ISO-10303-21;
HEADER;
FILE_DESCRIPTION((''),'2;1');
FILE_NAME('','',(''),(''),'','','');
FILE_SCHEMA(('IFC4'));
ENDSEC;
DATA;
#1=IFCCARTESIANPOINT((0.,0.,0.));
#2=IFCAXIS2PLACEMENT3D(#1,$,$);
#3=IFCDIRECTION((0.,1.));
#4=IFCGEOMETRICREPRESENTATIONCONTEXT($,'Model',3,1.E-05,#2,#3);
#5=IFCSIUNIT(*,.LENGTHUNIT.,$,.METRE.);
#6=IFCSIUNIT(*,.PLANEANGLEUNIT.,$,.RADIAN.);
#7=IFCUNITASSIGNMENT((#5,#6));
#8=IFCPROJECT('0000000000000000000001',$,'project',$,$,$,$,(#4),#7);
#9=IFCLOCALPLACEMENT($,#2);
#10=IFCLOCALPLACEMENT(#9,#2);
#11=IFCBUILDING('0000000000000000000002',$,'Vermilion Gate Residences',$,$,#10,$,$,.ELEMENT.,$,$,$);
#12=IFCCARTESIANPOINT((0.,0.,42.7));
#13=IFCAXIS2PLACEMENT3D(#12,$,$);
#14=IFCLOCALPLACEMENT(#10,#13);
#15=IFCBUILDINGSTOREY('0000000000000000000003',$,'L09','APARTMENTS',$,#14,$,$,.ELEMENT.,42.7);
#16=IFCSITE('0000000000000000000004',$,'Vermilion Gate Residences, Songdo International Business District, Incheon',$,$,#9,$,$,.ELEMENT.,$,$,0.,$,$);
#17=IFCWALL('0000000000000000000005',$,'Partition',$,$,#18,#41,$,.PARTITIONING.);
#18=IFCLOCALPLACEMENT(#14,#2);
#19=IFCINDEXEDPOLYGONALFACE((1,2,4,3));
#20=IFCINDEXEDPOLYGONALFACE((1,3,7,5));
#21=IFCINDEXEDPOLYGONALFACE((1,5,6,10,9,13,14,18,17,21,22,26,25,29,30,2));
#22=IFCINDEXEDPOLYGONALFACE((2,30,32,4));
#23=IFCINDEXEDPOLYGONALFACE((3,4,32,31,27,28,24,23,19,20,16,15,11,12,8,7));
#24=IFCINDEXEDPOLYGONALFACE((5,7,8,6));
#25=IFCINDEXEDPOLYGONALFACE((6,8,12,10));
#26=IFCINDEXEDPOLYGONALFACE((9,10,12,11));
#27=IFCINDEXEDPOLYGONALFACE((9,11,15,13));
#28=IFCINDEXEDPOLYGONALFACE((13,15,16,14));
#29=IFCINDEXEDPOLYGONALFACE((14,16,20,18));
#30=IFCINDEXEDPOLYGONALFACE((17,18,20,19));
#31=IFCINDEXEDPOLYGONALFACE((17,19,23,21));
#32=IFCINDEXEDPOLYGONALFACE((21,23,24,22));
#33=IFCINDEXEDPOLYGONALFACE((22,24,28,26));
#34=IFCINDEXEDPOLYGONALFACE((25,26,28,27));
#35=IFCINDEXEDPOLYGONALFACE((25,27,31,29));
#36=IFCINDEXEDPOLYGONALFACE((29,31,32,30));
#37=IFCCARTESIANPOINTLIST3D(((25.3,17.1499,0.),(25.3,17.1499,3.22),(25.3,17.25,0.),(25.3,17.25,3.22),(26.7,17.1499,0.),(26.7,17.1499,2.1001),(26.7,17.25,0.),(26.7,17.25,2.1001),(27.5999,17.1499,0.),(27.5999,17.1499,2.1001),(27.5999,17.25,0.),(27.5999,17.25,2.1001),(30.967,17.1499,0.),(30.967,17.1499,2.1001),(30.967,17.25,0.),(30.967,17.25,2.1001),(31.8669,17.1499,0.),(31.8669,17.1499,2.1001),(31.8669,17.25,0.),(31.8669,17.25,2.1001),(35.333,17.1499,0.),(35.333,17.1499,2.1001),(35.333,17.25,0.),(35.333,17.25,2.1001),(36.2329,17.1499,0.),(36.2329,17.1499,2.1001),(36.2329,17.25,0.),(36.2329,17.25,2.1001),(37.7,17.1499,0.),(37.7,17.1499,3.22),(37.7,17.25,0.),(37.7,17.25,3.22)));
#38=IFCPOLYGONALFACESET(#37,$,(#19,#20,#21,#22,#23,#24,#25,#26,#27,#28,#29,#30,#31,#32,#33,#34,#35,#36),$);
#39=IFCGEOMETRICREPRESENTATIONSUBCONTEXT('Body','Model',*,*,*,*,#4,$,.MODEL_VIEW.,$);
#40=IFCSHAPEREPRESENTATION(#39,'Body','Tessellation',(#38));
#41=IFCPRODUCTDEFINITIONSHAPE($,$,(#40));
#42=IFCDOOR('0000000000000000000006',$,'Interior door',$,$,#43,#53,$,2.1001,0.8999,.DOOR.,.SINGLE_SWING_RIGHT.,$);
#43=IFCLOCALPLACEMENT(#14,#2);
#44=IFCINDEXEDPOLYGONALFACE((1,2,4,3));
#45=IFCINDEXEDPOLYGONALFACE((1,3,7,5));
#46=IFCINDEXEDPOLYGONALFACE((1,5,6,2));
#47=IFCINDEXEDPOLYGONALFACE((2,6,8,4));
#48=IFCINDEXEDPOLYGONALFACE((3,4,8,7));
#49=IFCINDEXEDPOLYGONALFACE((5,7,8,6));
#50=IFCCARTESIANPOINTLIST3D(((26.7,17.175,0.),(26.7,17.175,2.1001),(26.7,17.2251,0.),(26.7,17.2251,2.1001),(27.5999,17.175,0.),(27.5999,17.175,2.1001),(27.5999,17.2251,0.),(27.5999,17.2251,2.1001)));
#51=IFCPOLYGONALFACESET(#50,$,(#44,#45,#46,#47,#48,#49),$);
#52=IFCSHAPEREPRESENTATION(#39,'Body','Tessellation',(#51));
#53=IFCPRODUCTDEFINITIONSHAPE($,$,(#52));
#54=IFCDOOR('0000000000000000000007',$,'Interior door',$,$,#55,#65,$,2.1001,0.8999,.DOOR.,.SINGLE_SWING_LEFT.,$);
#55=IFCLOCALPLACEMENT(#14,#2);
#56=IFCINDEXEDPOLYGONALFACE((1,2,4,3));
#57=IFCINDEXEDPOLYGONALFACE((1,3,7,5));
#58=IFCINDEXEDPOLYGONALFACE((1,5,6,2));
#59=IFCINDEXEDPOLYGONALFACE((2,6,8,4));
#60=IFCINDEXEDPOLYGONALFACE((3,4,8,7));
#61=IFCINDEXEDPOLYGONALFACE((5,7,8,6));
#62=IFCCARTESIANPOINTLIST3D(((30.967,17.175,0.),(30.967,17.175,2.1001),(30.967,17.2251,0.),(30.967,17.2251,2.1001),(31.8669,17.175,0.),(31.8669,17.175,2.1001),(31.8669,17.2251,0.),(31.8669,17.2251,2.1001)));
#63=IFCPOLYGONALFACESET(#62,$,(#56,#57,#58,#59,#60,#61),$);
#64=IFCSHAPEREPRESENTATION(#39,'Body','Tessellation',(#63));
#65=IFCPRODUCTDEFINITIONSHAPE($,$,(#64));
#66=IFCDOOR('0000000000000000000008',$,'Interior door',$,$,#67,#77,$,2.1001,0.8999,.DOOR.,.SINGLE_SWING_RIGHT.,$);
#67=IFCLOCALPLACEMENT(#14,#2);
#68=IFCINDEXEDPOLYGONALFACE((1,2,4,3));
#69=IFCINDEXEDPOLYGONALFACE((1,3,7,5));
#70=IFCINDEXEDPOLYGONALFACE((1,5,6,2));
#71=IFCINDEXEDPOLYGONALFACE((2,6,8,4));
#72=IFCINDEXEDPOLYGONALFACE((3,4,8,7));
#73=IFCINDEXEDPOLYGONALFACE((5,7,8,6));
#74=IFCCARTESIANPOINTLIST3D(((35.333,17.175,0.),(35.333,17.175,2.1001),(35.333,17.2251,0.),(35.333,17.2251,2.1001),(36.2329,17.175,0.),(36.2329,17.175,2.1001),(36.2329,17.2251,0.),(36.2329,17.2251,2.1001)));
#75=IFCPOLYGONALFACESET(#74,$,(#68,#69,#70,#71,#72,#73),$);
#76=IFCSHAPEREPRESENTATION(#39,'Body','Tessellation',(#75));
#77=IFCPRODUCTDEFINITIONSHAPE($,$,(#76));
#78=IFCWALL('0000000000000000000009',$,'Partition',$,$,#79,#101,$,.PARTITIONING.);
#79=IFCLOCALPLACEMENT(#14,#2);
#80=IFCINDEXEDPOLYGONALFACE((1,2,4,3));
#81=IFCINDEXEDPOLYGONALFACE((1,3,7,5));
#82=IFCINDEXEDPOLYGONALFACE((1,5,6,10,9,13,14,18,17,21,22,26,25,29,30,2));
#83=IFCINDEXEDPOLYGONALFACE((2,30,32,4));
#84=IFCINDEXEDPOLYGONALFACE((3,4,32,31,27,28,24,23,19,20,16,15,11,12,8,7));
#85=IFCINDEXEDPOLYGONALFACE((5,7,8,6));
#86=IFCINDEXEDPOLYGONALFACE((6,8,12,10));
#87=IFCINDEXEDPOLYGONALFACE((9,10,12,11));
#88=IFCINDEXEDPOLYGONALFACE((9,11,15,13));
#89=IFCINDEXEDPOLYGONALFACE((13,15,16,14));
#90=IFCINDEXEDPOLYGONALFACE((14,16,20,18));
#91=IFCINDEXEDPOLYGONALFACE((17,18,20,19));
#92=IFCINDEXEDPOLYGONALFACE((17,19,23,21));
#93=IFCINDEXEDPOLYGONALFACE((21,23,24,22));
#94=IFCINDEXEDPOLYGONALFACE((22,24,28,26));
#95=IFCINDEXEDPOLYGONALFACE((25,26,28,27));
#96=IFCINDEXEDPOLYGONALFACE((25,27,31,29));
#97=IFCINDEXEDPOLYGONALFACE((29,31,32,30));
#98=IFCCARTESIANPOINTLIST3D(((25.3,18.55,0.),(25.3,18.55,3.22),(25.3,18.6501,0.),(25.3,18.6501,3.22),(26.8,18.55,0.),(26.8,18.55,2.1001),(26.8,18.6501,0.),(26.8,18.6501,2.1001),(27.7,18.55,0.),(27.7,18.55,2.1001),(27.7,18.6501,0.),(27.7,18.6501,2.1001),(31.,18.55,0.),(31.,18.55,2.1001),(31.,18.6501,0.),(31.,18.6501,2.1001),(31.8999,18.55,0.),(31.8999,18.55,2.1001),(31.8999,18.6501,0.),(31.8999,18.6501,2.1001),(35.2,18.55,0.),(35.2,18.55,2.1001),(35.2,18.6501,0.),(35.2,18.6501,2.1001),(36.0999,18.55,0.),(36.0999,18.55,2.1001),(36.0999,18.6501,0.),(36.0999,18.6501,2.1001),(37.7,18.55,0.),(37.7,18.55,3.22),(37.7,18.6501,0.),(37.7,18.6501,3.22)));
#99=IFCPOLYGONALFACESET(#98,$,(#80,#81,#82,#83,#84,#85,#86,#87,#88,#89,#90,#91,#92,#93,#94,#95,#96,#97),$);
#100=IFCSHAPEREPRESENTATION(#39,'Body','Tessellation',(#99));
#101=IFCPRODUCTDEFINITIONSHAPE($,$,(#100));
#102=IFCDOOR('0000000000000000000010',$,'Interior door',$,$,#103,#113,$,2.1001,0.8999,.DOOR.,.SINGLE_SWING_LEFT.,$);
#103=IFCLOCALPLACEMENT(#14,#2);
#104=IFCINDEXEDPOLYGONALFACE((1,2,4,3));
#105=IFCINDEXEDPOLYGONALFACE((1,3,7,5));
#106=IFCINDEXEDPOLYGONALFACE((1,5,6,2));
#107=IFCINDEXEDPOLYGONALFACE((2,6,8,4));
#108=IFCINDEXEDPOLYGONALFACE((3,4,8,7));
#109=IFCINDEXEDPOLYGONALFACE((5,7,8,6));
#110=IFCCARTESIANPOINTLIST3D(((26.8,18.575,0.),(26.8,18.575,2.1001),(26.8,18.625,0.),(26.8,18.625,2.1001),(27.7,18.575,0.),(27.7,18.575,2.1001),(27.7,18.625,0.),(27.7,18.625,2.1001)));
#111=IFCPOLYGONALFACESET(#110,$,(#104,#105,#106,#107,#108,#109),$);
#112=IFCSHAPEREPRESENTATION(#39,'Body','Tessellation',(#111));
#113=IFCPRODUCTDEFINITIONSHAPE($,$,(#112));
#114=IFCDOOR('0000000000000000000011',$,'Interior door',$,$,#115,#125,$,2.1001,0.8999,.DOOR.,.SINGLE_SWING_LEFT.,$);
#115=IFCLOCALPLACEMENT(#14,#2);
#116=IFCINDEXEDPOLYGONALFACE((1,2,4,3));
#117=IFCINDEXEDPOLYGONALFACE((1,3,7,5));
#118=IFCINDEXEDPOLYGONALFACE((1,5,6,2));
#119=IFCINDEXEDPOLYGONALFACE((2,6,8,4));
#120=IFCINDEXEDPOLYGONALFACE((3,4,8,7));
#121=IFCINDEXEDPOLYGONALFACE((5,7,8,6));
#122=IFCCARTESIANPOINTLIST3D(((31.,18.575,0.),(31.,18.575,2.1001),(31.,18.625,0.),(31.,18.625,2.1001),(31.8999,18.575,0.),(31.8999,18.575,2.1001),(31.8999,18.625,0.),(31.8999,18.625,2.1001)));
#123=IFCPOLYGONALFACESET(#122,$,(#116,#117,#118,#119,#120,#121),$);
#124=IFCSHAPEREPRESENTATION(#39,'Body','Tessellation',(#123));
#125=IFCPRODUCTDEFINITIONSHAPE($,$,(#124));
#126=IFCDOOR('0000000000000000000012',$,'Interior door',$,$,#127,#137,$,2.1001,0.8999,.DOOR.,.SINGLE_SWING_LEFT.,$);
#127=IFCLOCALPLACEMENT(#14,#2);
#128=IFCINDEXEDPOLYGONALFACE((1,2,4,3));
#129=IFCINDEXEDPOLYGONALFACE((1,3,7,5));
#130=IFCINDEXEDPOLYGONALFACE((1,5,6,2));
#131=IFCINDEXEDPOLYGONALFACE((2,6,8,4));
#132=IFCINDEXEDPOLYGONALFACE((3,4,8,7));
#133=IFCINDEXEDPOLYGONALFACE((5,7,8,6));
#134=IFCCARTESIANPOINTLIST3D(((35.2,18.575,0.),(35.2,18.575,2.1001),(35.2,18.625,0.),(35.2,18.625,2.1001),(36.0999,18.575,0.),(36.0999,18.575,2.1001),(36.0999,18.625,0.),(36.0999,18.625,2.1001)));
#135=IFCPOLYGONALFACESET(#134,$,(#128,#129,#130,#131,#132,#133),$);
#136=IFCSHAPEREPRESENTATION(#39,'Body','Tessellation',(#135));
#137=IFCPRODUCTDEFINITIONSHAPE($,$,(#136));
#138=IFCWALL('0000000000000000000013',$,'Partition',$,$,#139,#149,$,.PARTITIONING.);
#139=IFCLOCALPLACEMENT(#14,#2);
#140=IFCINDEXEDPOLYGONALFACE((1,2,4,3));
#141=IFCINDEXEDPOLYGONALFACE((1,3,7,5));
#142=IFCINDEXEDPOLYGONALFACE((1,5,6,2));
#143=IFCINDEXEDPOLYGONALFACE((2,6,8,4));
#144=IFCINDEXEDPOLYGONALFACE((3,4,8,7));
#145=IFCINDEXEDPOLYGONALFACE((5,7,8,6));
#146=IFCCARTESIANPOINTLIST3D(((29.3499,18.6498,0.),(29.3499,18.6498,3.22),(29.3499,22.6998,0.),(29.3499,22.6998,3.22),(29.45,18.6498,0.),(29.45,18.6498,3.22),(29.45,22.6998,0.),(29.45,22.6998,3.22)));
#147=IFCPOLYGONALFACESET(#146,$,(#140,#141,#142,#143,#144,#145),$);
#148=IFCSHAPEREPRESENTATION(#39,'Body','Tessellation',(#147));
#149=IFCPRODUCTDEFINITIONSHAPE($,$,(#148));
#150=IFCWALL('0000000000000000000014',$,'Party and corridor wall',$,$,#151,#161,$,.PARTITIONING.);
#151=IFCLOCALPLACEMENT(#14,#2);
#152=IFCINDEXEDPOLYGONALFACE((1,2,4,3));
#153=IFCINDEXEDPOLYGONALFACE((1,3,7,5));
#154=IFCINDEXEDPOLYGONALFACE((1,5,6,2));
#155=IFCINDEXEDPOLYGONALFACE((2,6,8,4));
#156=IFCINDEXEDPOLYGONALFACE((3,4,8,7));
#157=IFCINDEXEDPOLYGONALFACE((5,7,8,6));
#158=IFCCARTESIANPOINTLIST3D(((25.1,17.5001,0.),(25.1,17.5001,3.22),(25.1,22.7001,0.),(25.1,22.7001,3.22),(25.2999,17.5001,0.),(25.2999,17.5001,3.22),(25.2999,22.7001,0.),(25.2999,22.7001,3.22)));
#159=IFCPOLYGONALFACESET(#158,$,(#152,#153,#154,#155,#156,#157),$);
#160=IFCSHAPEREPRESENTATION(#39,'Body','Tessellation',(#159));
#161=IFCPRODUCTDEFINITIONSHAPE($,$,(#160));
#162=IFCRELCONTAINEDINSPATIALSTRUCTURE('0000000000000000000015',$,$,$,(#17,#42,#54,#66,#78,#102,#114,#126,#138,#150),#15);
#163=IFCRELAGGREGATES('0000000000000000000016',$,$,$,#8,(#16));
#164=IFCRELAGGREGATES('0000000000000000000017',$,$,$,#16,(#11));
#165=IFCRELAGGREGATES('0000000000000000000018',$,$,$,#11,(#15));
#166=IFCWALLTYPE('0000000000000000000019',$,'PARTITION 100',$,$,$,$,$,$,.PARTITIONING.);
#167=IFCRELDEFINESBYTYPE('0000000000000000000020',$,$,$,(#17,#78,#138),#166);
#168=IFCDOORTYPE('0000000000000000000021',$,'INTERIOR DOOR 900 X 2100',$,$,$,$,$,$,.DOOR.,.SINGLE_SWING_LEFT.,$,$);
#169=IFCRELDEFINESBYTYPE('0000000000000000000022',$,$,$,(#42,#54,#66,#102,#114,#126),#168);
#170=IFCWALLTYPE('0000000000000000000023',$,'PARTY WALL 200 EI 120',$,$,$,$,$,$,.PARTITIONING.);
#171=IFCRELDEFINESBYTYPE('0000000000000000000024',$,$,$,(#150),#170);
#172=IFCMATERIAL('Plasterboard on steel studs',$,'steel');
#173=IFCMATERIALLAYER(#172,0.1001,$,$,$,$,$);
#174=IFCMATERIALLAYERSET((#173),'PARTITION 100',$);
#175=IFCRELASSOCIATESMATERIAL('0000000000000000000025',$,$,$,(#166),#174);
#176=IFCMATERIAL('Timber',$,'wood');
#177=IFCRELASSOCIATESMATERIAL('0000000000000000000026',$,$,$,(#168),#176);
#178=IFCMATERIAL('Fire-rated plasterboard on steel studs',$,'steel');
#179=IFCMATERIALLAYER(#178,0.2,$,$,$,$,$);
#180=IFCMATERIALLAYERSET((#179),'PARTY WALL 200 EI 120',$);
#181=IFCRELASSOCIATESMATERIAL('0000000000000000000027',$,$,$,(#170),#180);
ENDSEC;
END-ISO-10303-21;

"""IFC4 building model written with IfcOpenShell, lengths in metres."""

from ifc_helpers import new_model, si_unit, direction, frame, frame_2d, origin, place, context, subcontext, project, spatial, rectangle, extrude, material, layer, layer_set, type_object, element, fill, save


model = new_model("IFC4")

# Units and contexts
model_context = context("Model", 3, precision=1e-05, world=origin(), true_north=direction((0.0, 1.0)))
body_context = subcontext(model_context, "Body", "Model", "MODEL_VIEW")
ifc_project = project(units=[si_unit("LENGTHUNIT", "METRE"), si_unit("PLANEANGLEUNIT", "RADIAN")], contexts=[model_context])

# Site, building, storey
site_placement = place(None, origin())
site = spatial("IfcSite", under=ifc_project, at=site_placement, Name="Vermilion Gate Residences, Songdo International Business District, Incheon", CompositionType="ELEMENT", RefElevation=0.0)
building_placement = place(site_placement, origin())
building = spatial("IfcBuilding", under=site, at=building_placement, Name="Vermilion Gate Residences", CompositionType="ELEMENT")
storey_placement = place(building_placement, frame((0.0, 0.0, 42.7)))
storey = spatial("IfcBuildingStorey", under=building, at=storey_placement, Name="L09", Description="APARTMENTS", CompositionType="ELEMENT", Elevation=42.7)

# Walls, openings, doors
ifc_material_1 = material(Name="Plasterboard on steel studs", Category="steel")
ifc_layer_1 = layer(ifc_material_1, 0.1001)
ifc_layer_set_1 = layer_set([ifc_layer_1], Name="PARTITION 100")
wall_type_1 = type_object("IfcWallType", Name="PARTITION 100", PredefinedType="PARTITIONING", material=ifc_layer_set_1)
wall_1_placement = place(storey_placement, frame((25.3, 17.2, 0.0), z_axis=(0.0, 0.0, 1.0), x_axis=(1.0, 0.0, 0.0)))
wall_1 = element("IfcWall", 1, at=wall_1_placement, inside=storey, type_object=wall_type_1, Name="Partition", PredefinedType="PARTITIONING", context=body_context, shape_type="SweptSolid", body=[
    extrude(rectangle(XDim=12.3999, YDim=0.1001, at=frame_2d((6.2, 0.0))), origin(), (0.0, 0.0, 1.0), 3.22),
])
opening_1_placement = place(wall_1_placement, frame((1.3999, 0.0, 0.0)))
opening_1 = element("IfcOpeningElement", 2, at=opening_1_placement, cuts=wall_1, PredefinedType="OPENING", context=body_context, shape_type="SweptSolid", body=[
    extrude(rectangle(XDim=0.8999, YDim=2.1001, at=frame_2d((0.45, 1.05))), frame((0.0, 0.0601, 0.0), z_axis=(0.0, -1.0, 0.0), x_axis=(1.0, 0.0, 0.0)), (0.0, 0.0, 1.0), 0.1201),
])
opening_2_placement = place(wall_1_placement, frame((5.667, 0.0, 0.0)))
opening_2 = element("IfcOpeningElement", 3, at=opening_2_placement, cuts=wall_1, PredefinedType="OPENING", context=body_context, shape_type="SweptSolid", body=[
    extrude(rectangle(XDim=0.8999, YDim=2.1001, at=frame_2d((0.45, 1.05))), frame((0.0, 0.0601, 0.0), z_axis=(0.0, -1.0, 0.0), x_axis=(1.0, 0.0, 0.0)), (0.0, 0.0, 1.0), 0.1201),
])
opening_3_placement = place(wall_1_placement, frame((10.033, 0.0, 0.0)))
opening_3 = element("IfcOpeningElement", 4, at=opening_3_placement, cuts=wall_1, PredefinedType="OPENING", context=body_context, shape_type="SweptSolid", body=[
    extrude(rectangle(XDim=0.8999, YDim=2.1001, at=frame_2d((0.45, 1.05))), frame((0.0, 0.0601, 0.0), z_axis=(0.0, -1.0, 0.0), x_axis=(1.0, 0.0, 0.0)), (0.0, 0.0, 1.0), 0.1201),
])
ifc_material_2 = material(Name="Timber", Category="wood")
door_type_1 = type_object("IfcDoorType", Name="INTERIOR DOOR 900 X 2100", OperationType="SINGLE_SWING_LEFT", PredefinedType="DOOR", material=ifc_material_2)
door_1_placement = place(opening_1_placement, frame((0.8999, 0.0, 0.0), z_axis=(0.0, 0.0, 1.0), x_axis=(-1.0, 0.0, 0.0)))
door_1 = element("IfcDoor", 5, at=door_1_placement, inside=storey, type_object=door_type_1, Name="Interior door", OperationType="SINGLE_SWING_RIGHT", OverallHeight=2.1001, OverallWidth=0.8999, PredefinedType="DOOR", context=body_context, shape_type="SweptSolid", body=[
    extrude(rectangle(XDim=0.8999, YDim=2.1001, at=frame_2d((0.45, 1.05))), frame((0.0, 0.0249, 0.0), z_axis=(0.0, -1.0, 0.0), x_axis=(1.0, 0.0, 0.0)), (0.0, 0.0, 1.0), 0.05),
])
fill(opening_1, door_1)
door_2_placement = place(opening_2_placement, frame((0.8999, 0.0, 0.0), z_axis=(0.0, 0.0, 1.0), x_axis=(-1.0, 0.0, 0.0)))
door_2 = element("IfcDoor", 6, at=door_2_placement, inside=storey, type_object=door_type_1, Name="Interior door", OperationType="SINGLE_SWING_LEFT", OverallHeight=2.1001, OverallWidth=0.8999, PredefinedType="DOOR", context=body_context, shape_type="SweptSolid", body=[
    extrude(rectangle(XDim=0.8999, YDim=2.1001, at=frame_2d((0.45, 1.05))), frame((0.0, 0.0249, 0.0), z_axis=(0.0, -1.0, 0.0), x_axis=(1.0, 0.0, 0.0)), (0.0, 0.0, 1.0), 0.05),
])
fill(opening_2, door_2)
door_3_placement = place(opening_3_placement, frame((0.8999, 0.0, 0.0), z_axis=(0.0, 0.0, 1.0), x_axis=(-1.0, 0.0, 0.0)))
door_3 = element("IfcDoor", 7, at=door_3_placement, inside=storey, type_object=door_type_1, Name="Interior door", OperationType="SINGLE_SWING_RIGHT", OverallHeight=2.1001, OverallWidth=0.8999, PredefinedType="DOOR", context=body_context, shape_type="SweptSolid", body=[
    extrude(rectangle(XDim=0.8999, YDim=2.1001, at=frame_2d((0.45, 1.05))), frame((0.0, 0.0249, 0.0), z_axis=(0.0, -1.0, 0.0), x_axis=(1.0, 0.0, 0.0)), (0.0, 0.0, 1.0), 0.05),
])
fill(opening_3, door_3)
wall_2_placement = place(storey_placement, frame((25.3, 18.6001, 0.0), z_axis=(0.0, 0.0, 1.0), x_axis=(1.0, 0.0, 0.0)))
wall_2 = element("IfcWall", 8, at=wall_2_placement, inside=storey, type_object=wall_type_1, Name="Partition", PredefinedType="PARTITIONING", context=body_context, shape_type="SweptSolid", body=[
    extrude(rectangle(XDim=12.3999, YDim=0.1001, at=frame_2d((6.2, 0.0))), origin(), (0.0, 0.0, 1.0), 3.22),
])
opening_4_placement = place(wall_2_placement, frame((1.5, 0.0, 0.0)))
opening_4 = element("IfcOpeningElement", 9, at=opening_4_placement, cuts=wall_2, PredefinedType="OPENING", context=body_context, shape_type="SweptSolid", body=[
    extrude(rectangle(XDim=0.8999, YDim=2.1001, at=frame_2d((0.45, 1.05))), frame((0.0, 0.0601, 0.0), z_axis=(0.0, -1.0, 0.0), x_axis=(1.0, 0.0, 0.0)), (0.0, 0.0, 1.0), 0.1201),
])
opening_5_placement = place(wall_2_placement, frame((5.7, 0.0, 0.0)))
opening_5 = element("IfcOpeningElement", 10, at=opening_5_placement, cuts=wall_2, PredefinedType="OPENING", context=body_context, shape_type="SweptSolid", body=[
    extrude(rectangle(XDim=0.8999, YDim=2.1001, at=frame_2d((0.45, 1.05))), frame((0.0, 0.0601, 0.0), z_axis=(0.0, -1.0, 0.0), x_axis=(1.0, 0.0, 0.0)), (0.0, 0.0, 1.0), 0.1201),
])
opening_6_placement = place(wall_2_placement, frame((9.8999, 0.0, 0.0)))
opening_6 = element("IfcOpeningElement", 11, at=opening_6_placement, cuts=wall_2, PredefinedType="OPENING", context=body_context, shape_type="SweptSolid", body=[
    extrude(rectangle(XDim=0.8999, YDim=2.1001, at=frame_2d((0.45, 1.05))), frame((0.0, 0.0601, 0.0), z_axis=(0.0, -1.0, 0.0), x_axis=(1.0, 0.0, 0.0)), (0.0, 0.0, 1.0), 0.1201),
])
door_4_placement = place(opening_4_placement, origin())
door_4 = element("IfcDoor", 12, at=door_4_placement, inside=storey, type_object=door_type_1, Name="Interior door", OperationType="SINGLE_SWING_LEFT", OverallHeight=2.1001, OverallWidth=0.8999, PredefinedType="DOOR", context=body_context, shape_type="SweptSolid", body=[
    extrude(rectangle(XDim=0.8999, YDim=2.1001, at=frame_2d((0.45, 1.05))), frame((0.0, 0.0249, 0.0), z_axis=(0.0, -1.0, 0.0), x_axis=(1.0, 0.0, 0.0)), (0.0, 0.0, 1.0), 0.05),
])
fill(opening_4, door_4)
door_5_placement = place(opening_5_placement, origin())
door_5 = element("IfcDoor", 13, at=door_5_placement, inside=storey, type_object=door_type_1, Name="Interior door", OperationType="SINGLE_SWING_LEFT", OverallHeight=2.1001, OverallWidth=0.8999, PredefinedType="DOOR", context=body_context, shape_type="SweptSolid", body=[
    extrude(rectangle(XDim=0.8999, YDim=2.1001, at=frame_2d((0.45, 1.05))), frame((0.0, 0.0249, 0.0), z_axis=(0.0, -1.0, 0.0), x_axis=(1.0, 0.0, 0.0)), (0.0, 0.0, 1.0), 0.05),
])
fill(opening_5, door_5)
door_6_placement = place(opening_6_placement, origin())
door_6 = element("IfcDoor", 14, at=door_6_placement, inside=storey, type_object=door_type_1, Name="Interior door", OperationType="SINGLE_SWING_LEFT", OverallHeight=2.1001, OverallWidth=0.8999, PredefinedType="DOOR", context=body_context, shape_type="SweptSolid", body=[
    extrude(rectangle(XDim=0.8999, YDim=2.1001, at=frame_2d((0.45, 1.05))), frame((0.0, 0.0249, 0.0), z_axis=(0.0, -1.0, 0.0), x_axis=(1.0, 0.0, 0.0)), (0.0, 0.0, 1.0), 0.05),
])
fill(opening_6, door_6)

# Walls
wall_3_placement = place(storey_placement, frame((29.3999, 18.6499, 0.0), z_axis=(0.0, 0.0, 1.0), x_axis=(0.0, 1.0, 0.0)))
element("IfcWall", 15, at=wall_3_placement, inside=storey, type_object=wall_type_1, Name="Partition", PredefinedType="PARTITIONING", context=body_context, shape_type="SweptSolid", body=[
    extrude(rectangle(XDim=4.05, YDim=0.1001, at=frame_2d((2.0249, 0.0))), origin(), (0.0, 0.0, 1.0), 3.22),
])
ifc_material_3 = material(Name="Fire-rated plasterboard on steel studs", Category="steel")
ifc_layer_2 = layer(ifc_material_3, 0.2)
ifc_layer_set_2 = layer_set([ifc_layer_2], Name="PARTY WALL 200 EI 120")
wall_type_2 = type_object("IfcWallType", Name="PARTY WALL 200 EI 120", PredefinedType="PARTITIONING", material=ifc_layer_set_2)
wall_4_placement = place(storey_placement, frame((25.2, 17.5, 0.0), z_axis=(0.0, 0.0, 1.0), x_axis=(0.0, 1.0, 0.0)))
element("IfcWall", 16, at=wall_4_placement, inside=storey, type_object=wall_type_2, Name="Party and corridor wall", PredefinedType="PARTITIONING", context=body_context, shape_type="SweptSolid", body=[
    extrude(rectangle(XDim=5.2, YDim=0.2, at=frame_2d((2.6001, 0.0))), origin(), (0.0, 0.0, 1.0), 3.22),
])

save(model, "model.ifc")
